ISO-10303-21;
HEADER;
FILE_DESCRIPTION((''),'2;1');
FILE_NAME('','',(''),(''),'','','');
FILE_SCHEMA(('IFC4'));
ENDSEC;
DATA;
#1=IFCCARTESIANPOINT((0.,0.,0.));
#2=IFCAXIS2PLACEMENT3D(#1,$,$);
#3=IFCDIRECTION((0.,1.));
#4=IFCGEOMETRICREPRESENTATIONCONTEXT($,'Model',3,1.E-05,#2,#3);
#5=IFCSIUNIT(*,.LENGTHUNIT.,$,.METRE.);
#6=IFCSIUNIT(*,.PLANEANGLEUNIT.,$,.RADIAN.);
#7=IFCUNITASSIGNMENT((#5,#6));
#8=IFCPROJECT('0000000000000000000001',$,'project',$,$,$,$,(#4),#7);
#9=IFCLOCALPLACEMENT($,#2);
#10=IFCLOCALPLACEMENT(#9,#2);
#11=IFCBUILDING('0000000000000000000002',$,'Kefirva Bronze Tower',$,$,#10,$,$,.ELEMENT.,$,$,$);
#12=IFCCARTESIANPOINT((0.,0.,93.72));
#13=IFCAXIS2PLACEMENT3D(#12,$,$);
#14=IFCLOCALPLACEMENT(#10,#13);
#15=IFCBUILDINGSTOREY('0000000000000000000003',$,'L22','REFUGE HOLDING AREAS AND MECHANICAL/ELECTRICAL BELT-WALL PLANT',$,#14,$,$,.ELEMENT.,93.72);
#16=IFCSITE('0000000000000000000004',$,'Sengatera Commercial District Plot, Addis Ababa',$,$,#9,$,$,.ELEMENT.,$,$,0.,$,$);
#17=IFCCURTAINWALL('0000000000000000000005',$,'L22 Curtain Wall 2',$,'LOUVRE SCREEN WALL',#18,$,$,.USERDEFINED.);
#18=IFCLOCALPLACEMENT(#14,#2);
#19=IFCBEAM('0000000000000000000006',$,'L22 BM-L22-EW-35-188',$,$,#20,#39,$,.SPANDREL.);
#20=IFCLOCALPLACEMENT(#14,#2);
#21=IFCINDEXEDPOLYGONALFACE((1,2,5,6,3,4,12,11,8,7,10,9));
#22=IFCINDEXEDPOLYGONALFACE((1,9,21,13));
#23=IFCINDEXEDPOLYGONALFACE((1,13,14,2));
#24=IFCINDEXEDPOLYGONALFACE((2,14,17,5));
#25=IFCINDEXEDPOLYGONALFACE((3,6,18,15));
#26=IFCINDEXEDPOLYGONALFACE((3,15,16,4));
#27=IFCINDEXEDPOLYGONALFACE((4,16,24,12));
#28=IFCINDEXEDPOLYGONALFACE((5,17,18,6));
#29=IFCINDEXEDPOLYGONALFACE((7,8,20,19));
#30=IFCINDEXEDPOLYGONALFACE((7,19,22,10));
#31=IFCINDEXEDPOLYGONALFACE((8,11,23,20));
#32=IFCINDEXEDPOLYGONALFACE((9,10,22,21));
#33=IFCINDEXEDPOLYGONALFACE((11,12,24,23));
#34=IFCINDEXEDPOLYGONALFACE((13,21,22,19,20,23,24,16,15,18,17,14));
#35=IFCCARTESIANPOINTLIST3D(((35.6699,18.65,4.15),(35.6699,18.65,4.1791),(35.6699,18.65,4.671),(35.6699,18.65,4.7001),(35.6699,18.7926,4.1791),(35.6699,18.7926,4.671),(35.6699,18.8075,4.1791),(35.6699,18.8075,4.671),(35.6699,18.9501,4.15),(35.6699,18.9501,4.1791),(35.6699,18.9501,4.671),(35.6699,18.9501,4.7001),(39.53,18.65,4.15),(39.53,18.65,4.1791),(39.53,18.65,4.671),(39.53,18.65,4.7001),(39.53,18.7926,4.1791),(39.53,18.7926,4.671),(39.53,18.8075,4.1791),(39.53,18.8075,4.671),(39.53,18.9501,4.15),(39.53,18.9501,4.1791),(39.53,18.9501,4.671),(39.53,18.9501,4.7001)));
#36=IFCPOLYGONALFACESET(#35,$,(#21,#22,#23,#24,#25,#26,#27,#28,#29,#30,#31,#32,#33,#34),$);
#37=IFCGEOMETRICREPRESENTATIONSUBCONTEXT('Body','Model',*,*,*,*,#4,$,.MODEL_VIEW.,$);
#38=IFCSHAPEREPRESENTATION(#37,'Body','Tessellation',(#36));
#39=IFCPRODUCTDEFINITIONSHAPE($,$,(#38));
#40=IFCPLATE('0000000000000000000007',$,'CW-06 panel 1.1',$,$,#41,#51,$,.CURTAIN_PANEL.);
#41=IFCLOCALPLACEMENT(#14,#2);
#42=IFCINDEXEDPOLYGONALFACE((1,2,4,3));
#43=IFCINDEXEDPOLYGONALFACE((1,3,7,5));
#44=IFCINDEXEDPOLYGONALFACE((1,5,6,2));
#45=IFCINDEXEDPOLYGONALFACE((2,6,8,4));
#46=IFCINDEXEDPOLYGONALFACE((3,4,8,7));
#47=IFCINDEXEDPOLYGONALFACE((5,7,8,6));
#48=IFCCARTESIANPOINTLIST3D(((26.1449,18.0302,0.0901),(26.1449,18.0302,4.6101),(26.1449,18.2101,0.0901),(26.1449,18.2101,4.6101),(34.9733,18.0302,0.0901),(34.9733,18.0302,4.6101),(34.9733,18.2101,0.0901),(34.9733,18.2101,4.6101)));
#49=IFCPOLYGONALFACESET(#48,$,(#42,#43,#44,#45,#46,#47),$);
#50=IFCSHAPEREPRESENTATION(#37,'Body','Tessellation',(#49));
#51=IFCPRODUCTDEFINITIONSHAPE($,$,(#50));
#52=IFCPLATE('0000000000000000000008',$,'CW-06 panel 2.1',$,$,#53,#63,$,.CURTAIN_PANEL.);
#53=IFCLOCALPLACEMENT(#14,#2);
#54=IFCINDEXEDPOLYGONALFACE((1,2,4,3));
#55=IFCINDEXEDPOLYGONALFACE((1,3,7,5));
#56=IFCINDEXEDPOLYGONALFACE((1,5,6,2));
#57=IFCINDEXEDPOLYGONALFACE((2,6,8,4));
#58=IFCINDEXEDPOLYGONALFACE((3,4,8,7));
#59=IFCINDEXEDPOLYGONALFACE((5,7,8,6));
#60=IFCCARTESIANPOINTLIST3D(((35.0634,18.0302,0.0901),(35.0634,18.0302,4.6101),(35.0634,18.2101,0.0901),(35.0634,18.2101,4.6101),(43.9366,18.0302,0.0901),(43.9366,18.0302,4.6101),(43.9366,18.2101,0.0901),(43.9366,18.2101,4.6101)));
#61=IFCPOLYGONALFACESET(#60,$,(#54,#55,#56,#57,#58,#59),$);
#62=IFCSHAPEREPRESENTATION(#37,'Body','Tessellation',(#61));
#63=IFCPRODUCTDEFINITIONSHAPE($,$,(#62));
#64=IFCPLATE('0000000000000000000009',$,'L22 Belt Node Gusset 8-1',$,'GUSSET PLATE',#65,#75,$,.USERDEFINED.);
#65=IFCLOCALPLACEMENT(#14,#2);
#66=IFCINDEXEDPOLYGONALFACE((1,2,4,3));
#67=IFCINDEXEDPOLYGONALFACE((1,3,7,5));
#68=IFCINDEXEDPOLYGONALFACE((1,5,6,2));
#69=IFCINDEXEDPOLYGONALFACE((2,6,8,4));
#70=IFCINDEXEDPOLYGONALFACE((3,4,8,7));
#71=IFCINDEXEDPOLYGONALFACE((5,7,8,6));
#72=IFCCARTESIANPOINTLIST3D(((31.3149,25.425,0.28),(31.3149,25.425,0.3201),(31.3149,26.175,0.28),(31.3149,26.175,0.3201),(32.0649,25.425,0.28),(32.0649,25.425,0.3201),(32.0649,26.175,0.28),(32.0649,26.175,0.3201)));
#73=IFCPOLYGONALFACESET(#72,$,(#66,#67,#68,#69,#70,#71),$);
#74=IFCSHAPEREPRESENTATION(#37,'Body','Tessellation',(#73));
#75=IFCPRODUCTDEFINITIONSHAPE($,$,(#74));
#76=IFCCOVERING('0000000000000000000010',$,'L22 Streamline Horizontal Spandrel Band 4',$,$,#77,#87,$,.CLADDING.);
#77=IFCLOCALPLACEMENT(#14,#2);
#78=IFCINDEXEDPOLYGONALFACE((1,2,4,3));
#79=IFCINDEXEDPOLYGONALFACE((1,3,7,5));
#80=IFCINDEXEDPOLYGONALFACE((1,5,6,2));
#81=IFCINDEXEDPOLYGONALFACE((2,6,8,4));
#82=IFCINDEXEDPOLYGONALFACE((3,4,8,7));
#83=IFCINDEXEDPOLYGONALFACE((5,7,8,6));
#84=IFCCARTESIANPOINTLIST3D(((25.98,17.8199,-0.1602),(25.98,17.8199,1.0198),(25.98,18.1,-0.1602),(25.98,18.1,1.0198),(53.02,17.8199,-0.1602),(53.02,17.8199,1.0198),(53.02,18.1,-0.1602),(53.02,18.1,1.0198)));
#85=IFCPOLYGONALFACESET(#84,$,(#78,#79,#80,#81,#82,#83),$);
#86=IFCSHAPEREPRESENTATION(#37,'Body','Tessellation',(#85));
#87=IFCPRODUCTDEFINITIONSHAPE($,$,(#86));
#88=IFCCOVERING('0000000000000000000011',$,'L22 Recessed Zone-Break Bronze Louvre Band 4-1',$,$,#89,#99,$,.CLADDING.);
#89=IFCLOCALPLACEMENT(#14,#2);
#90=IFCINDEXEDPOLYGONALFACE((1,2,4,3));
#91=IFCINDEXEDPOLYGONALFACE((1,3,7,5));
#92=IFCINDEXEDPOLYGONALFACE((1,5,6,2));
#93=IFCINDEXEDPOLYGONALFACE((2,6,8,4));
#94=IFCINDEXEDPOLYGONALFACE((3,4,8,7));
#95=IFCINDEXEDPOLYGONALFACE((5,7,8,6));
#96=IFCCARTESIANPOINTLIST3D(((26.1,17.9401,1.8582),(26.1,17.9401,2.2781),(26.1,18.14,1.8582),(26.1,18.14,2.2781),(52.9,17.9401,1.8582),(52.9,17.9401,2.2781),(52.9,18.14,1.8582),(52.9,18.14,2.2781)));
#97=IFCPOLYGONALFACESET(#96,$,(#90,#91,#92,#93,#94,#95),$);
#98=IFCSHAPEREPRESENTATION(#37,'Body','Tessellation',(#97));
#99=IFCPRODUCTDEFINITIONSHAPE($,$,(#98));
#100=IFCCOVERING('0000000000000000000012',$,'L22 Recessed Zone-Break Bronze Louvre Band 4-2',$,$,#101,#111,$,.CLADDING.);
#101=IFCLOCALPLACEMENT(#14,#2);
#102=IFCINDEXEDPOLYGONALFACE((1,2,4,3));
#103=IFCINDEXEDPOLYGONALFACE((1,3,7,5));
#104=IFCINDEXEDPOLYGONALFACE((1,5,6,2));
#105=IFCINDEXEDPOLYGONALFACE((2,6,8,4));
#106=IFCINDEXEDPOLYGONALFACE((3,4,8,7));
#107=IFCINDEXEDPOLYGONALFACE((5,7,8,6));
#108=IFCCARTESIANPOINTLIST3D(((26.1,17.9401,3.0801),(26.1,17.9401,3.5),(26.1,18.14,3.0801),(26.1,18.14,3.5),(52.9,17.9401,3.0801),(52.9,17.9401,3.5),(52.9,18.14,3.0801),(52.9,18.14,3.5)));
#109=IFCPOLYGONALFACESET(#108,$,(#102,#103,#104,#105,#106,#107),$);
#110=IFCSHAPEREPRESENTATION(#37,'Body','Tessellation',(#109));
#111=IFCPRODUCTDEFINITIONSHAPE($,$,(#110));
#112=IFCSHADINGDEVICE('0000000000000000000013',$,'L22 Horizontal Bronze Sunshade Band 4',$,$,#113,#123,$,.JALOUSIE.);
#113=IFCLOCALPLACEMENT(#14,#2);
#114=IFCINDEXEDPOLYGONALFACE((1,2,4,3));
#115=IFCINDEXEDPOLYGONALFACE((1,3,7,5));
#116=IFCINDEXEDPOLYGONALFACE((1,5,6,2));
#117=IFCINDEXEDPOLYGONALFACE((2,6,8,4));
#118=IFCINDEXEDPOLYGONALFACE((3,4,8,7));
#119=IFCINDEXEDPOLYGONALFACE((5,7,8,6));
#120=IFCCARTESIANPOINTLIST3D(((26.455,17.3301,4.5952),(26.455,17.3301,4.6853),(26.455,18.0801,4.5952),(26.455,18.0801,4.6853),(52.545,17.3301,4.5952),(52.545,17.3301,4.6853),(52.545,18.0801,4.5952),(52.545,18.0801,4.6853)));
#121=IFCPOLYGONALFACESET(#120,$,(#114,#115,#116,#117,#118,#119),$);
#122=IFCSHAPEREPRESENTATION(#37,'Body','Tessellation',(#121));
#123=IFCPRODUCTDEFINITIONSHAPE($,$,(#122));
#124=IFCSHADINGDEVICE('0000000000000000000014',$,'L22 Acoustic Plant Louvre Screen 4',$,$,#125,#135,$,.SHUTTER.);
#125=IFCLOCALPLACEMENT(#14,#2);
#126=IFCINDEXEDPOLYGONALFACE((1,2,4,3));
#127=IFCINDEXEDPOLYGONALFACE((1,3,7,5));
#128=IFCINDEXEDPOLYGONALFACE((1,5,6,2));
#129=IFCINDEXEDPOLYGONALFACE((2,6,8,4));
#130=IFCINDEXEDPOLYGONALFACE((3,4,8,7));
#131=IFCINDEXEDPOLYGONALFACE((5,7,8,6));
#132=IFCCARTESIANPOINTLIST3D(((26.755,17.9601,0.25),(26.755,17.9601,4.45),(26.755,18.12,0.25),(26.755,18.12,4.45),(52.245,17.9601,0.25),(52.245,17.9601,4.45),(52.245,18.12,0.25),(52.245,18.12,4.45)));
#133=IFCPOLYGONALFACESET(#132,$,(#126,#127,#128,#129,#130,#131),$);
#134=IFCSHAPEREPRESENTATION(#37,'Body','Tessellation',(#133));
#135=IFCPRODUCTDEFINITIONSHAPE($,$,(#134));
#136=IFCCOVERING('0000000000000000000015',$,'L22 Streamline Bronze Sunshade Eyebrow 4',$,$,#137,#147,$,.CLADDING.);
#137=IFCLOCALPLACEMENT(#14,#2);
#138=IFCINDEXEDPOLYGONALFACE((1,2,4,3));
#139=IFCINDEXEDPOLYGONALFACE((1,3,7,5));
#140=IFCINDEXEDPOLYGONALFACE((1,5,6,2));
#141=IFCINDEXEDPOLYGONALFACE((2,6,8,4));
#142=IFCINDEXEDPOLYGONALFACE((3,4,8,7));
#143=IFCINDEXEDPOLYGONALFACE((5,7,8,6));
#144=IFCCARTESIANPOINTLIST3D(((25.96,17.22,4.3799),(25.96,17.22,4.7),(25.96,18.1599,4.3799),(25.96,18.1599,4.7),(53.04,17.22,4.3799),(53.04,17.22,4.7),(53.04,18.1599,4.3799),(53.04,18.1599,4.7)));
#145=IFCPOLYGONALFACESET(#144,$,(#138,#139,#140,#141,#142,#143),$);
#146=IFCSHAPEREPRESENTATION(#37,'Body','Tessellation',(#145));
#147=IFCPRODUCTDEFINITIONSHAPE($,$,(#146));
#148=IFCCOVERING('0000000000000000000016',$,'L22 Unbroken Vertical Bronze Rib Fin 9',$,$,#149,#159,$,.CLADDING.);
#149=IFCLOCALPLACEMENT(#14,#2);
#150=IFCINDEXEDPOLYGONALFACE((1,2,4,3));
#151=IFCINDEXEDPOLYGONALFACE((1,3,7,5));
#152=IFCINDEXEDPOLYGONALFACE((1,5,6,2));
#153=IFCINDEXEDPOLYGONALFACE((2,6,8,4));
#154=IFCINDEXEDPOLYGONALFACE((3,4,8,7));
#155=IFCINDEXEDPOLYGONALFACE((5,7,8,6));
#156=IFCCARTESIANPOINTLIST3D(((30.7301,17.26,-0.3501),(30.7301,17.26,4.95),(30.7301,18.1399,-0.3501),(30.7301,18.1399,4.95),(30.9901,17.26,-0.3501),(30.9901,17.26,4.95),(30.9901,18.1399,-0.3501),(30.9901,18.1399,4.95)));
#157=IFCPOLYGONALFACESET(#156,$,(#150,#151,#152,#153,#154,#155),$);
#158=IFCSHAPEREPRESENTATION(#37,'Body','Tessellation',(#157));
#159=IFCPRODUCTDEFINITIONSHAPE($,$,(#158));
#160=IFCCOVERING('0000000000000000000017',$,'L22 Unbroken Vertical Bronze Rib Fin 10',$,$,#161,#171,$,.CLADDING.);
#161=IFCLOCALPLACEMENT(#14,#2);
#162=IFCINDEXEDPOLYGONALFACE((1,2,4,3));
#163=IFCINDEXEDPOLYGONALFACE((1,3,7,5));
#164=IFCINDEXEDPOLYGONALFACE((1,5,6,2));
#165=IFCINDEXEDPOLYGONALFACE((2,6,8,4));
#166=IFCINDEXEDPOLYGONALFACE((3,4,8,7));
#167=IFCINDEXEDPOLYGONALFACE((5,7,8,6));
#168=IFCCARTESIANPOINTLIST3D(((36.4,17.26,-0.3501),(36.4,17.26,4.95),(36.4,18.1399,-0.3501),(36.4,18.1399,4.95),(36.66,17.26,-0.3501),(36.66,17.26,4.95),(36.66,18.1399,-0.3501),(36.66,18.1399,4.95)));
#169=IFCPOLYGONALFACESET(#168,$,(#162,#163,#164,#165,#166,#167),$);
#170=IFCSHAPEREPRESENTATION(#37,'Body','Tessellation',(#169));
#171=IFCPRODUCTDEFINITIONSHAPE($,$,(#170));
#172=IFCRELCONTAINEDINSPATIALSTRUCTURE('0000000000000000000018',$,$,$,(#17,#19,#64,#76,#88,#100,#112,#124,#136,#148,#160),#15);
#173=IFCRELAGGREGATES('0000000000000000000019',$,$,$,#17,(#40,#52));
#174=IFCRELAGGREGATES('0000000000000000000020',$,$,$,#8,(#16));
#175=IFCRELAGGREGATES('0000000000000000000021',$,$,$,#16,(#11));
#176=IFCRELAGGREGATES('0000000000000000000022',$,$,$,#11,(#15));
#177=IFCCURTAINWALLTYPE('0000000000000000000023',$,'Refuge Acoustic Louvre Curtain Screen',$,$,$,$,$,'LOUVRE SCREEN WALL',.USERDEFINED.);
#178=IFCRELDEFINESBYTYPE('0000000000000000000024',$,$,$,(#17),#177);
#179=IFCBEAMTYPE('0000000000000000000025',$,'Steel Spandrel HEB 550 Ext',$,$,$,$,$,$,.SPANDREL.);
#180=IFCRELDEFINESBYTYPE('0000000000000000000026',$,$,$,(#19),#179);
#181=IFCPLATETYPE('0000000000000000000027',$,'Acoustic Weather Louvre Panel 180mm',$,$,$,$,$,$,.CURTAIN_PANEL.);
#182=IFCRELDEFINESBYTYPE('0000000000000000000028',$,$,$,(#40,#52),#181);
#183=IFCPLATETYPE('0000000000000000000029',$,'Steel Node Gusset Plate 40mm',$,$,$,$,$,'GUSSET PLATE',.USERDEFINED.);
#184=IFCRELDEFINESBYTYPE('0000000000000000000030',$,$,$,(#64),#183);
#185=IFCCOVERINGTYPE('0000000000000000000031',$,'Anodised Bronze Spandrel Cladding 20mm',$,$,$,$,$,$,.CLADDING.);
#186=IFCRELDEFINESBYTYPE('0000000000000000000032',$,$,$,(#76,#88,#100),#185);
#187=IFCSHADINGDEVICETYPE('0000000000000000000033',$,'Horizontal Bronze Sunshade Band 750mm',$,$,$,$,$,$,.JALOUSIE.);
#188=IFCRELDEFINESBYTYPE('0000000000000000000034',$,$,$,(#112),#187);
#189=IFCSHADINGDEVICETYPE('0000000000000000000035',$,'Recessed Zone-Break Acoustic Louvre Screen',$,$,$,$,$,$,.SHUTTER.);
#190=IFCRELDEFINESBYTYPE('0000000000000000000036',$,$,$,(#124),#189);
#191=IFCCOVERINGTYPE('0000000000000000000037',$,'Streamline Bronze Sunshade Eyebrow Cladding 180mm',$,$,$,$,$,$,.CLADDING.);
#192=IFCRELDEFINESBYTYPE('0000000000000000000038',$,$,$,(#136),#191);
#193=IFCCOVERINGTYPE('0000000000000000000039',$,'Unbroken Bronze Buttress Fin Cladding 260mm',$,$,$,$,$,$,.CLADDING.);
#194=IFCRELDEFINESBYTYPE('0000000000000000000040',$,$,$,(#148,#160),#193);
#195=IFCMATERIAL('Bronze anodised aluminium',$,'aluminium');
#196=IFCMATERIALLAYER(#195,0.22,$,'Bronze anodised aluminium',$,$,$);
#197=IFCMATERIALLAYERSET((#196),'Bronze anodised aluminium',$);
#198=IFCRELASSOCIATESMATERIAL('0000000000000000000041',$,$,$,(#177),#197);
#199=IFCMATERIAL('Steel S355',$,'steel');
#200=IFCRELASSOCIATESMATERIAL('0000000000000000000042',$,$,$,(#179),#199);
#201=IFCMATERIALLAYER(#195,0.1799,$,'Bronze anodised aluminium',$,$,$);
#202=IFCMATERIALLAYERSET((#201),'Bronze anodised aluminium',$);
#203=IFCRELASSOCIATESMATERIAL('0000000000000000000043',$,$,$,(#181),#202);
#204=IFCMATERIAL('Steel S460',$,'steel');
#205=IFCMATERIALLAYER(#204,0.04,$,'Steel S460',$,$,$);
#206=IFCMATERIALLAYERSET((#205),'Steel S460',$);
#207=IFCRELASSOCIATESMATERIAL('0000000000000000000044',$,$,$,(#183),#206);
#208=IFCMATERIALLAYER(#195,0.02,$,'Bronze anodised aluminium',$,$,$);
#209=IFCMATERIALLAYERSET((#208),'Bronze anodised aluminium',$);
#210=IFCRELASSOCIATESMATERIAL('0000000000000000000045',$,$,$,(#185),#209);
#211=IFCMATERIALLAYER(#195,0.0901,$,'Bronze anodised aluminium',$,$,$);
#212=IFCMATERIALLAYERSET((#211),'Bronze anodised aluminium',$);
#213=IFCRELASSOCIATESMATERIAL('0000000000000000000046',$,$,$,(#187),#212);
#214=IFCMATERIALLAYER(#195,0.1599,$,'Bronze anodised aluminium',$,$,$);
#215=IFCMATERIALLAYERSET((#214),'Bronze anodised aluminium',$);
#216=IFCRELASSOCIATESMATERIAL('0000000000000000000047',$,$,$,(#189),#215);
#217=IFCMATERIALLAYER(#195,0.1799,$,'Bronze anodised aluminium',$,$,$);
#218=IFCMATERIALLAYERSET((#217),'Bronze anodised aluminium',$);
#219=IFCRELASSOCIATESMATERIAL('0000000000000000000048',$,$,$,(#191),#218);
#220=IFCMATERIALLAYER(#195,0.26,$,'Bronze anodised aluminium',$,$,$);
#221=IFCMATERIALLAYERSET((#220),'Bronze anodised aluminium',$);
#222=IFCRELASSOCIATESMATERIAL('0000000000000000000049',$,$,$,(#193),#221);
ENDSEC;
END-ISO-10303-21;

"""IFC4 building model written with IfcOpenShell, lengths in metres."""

from ifc_helpers import new_model, si_unit, direction, frame, origin, origin_2d, place, context, subcontext, project, spatial, rectangle, i_section, extrude, material, layer, layer_set, material_profile, profile_set, type_object, element, aggregate, save


model = new_model("IFC4")

# Units and contexts
model_context = context("Model", 3, precision=1e-05, world=origin(), true_north=direction((0.0, 1.0)))
body_context = subcontext(model_context, "Body", "Model", "MODEL_VIEW")
ifc_project = project(units=[si_unit("LENGTHUNIT", "METRE"), si_unit("PLANEANGLEUNIT", "RADIAN")], contexts=[model_context])

# Site, building, storey
site_placement = place(None, origin())
site = spatial("IfcSite", under=ifc_project, at=site_placement, Name="Sengatera Commercial District Plot, Addis Ababa", CompositionType="ELEMENT", RefElevation=0.0)
building_placement = place(site_placement, origin())
building = spatial("IfcBuilding", under=site, at=building_placement, Name="Kefirva Bronze Tower", CompositionType="ELEMENT")
storey_placement = place(building_placement, frame((0.0, 0.0, 93.72)))
storey = spatial("IfcBuildingStorey", under=building, at=storey_placement, Name="L22", Description="REFUGE HOLDING AREAS AND MECHANICAL/ELECTRICAL BELT-WALL PLANT", CompositionType="ELEMENT", Elevation=93.72)

# Curtain wall
ifc_material_1 = material(Name="Bronze anodised aluminium", Category="aluminium")
ifc_layer_1 = layer(ifc_material_1, 0.22, Name="Bronze anodised aluminium")
ifc_layer_set_1 = layer_set([ifc_layer_1], Name="Bronze anodised aluminium")
curtain_wall_type = type_object("IfcCurtainWallType", Name="Refuge Acoustic Louvre Curtain Screen", ElementType="LOUVRE SCREEN WALL", PredefinedType="USERDEFINED", material=ifc_layer_set_1)
curtain_wall_placement = place(storey_placement, origin())
curtain_wall = element("IfcCurtainWall", 1, at=curtain_wall_placement, inside=storey, type_object=curtain_wall_type, Name="L22 Curtain Wall 2", ObjectType="LOUVRE SCREEN WALL", PredefinedType="USERDEFINED")

# Shared definitions
ifc_material_2 = material(Name="Steel S460", Category="steel")

# Beam
ifc_material_3 = material(Name="Steel S355", Category="steel")
ifc_material_profile_1 = material_profile(ifc_material_3, i_section(OverallWidth=0.3, OverallDepth=0.55, WebThickness=0.0149, FlangeThickness=0.0291, at=origin_2d()), Name="HEB 550")
ifc_profile_set_1 = profile_set([ifc_material_profile_1], Name="Steel S355")
beam_type_1 = type_object("IfcBeamType", Name="Steel Spandrel HEB 550 Ext", PredefinedType="SPANDREL", material=ifc_profile_set_1)
beam_1_placement = place(storey_placement, frame((35.6699, 18.8, 4.425), z_axis=(1.0, 0.0, 0.0), x_axis=(0.0, 1.0, 0.0)))
element("IfcBeam", 2, at=beam_1_placement, inside=storey, type_object=beam_type_1, Name="L22 BM-L22-EW-35-188", PredefinedType="SPANDREL", context=body_context, shape_type="SweptSolid", body=[
    extrude(i_section(OverallWidth=0.3, OverallDepth=0.55, WebThickness=0.0149, FlangeThickness=0.0291, at=origin_2d()), origin(), (0.0, 0.0, 1.0), 3.8601),
])

# Plates
ifc_layer_2 = layer(ifc_material_1, 0.1799, Name="Bronze anodised aluminium")
ifc_layer_set_2 = layer_set([ifc_layer_2], Name="Bronze anodised aluminium")
plate_type_1 = type_object("IfcPlateType", Name="Acoustic Weather Louvre Panel 180mm", PredefinedType="CURTAIN_PANEL", material=ifc_layer_set_2)
plate_1_placement = place(storey_placement, frame((30.5591, 18.1201, 0.0901), z_axis=(0.0, 0.0, 1.0), x_axis=(1.0, 0.0, 0.0)))
plate_1 = element("IfcPlate", 3, at=plate_1_placement, type_object=plate_type_1, Name="CW-06 panel 1.1", PredefinedType="CURTAIN_PANEL", context=body_context, shape_type="SweptSolid", body=[
    extrude(rectangle(XDim=8.8284, YDim=0.1799, at=origin_2d()), origin(), (0.0, 0.0, 1.0), 4.52),
])
plate_2_placement = place(storey_placement, frame((39.5, 18.1201, 0.0901), z_axis=(0.0, 0.0, 1.0), x_axis=(1.0, 0.0, 0.0)))
plate_2 = element("IfcPlate", 4, at=plate_2_placement, type_object=plate_type_1, Name="CW-06 panel 2.1", PredefinedType="CURTAIN_PANEL", context=body_context, shape_type="SweptSolid", body=[
    extrude(rectangle(XDim=8.8733, YDim=0.1799, at=origin_2d()), origin(), (0.0, 0.0, 1.0), 4.52),
])
aggregate(curtain_wall, [plate_1, plate_2])
ifc_layer_3 = layer(ifc_material_2, 0.04, Name="Steel S460")
ifc_layer_set_3 = layer_set([ifc_layer_3], Name="Steel S460")
plate_type_2 = type_object("IfcPlateType", Name="Steel Node Gusset Plate 40mm", ElementType="GUSSET PLATE", PredefinedType="USERDEFINED", material=ifc_layer_set_3)
plate_3_placement = place(storey_placement, frame((31.6899, 25.8, 0.28), z_axis=(0.0, 0.0, 1.0), x_axis=(1.0, 0.0, 0.0)))
element("IfcPlate", 5, at=plate_3_placement, inside=storey, type_object=plate_type_2, Name="L22 Belt Node Gusset 8-1", ObjectType="GUSSET PLATE", PredefinedType="USERDEFINED", context=body_context, shape_type="SweptSolid", body=[
    extrude(rectangle(XDim=0.75, YDim=0.75, at=origin_2d()), origin(), (0.0, 0.0, 1.0), 0.04),
])

# Coverings
ifc_layer_4 = layer(ifc_material_1, 0.02, Name="Bronze anodised aluminium")
ifc_layer_set_4 = layer_set([ifc_layer_4], Name="Bronze anodised aluminium")
covering_type_1 = type_object("IfcCoveringType", Name="Anodised Bronze Spandrel Cladding 20mm", PredefinedType="CLADDING", material=ifc_layer_set_4)
covering_1_placement = place(storey_placement, frame((39.5, 17.96, -0.1602), z_axis=(0.0, 0.0, 1.0), x_axis=(1.0, 0.0, 0.0)))
element("IfcCovering", 6, at=covering_1_placement, inside=storey, type_object=covering_type_1, Name="L22 Streamline Horizontal Spandrel Band 4", PredefinedType="CLADDING", context=body_context, shape_type="SweptSolid", body=[
    extrude(rectangle(XDim=27.04, YDim=0.28, at=origin_2d()), origin(), (0.0, 0.0, 1.0), 1.1799),
])
for number, where, z_axis, x_axis, name in (
    (7, (39.5, 18.04, 1.8582), (0.0, 0.0, 1.0), (1.0, 0.0, 0.0), "L22 Recessed Zone-Break Bronze Louvre Band 4-1"),
    (8, (39.5, 18.04, 3.0801), (0.0, 0.0, 1.0), (1.0, 0.0, 0.0), "L22 Recessed Zone-Break Bronze Louvre Band 4-2"),
):
    element("IfcCovering", number, at=place(storey_placement, frame(where, z_axis=z_axis, x_axis=x_axis)), inside=storey, type_object=covering_type_1, Name=name, PredefinedType="CLADDING", context=body_context, shape_type="SweptSolid", body=[
        extrude(rectangle(XDim=26.8, YDim=0.2, at=origin_2d()), origin(), (0.0, 0.0, 1.0), 0.4199),
    ])

# Shading devices
ifc_layer_5 = layer(ifc_material_1, 0.0901, Name="Bronze anodised aluminium")
ifc_layer_set_5 = layer_set([ifc_layer_5], Name="Bronze anodised aluminium")
shading_device_type_1 = type_object("IfcShadingDeviceType", Name="Horizontal Bronze Sunshade Band 750mm", PredefinedType="JALOUSIE", material=ifc_layer_set_5)
shading_device_1_placement = place(storey_placement, frame((39.5, 17.7051, 4.5952), z_axis=(0.0, 0.0, 1.0), x_axis=(1.0, 0.0, 0.0)))
element("IfcShadingDevice", 9, at=shading_device_1_placement, inside=storey, type_object=shading_device_type_1, Name="L22 Horizontal Bronze Sunshade Band 4", PredefinedType="JALOUSIE", context=body_context, shape_type="SweptSolid", body=[
    extrude(rectangle(XDim=26.0901, YDim=0.75, at=origin_2d()), origin(), (0.0, 0.0, 1.0), 0.0901),
])
ifc_layer_6 = layer(ifc_material_1, 0.1599, Name="Bronze anodised aluminium")
ifc_layer_set_6 = layer_set([ifc_layer_6], Name="Bronze anodised aluminium")
shading_device_type_2 = type_object("IfcShadingDeviceType", Name="Recessed Zone-Break Acoustic Louvre Screen", PredefinedType="SHUTTER", material=ifc_layer_set_6)
shading_device_2_placement = place(storey_placement, frame((39.5, 18.04, 0.25), z_axis=(0.0, 0.0, 1.0), x_axis=(1.0, 0.0, 0.0)))
element("IfcShadingDevice", 10, at=shading_device_2_placement, inside=storey, type_object=shading_device_type_2, Name="L22 Acoustic Plant Louvre Screen 4", PredefinedType="SHUTTER", context=body_context, shape_type="SweptSolid", body=[
    extrude(rectangle(XDim=25.49, YDim=0.1599, at=origin_2d()), origin(), (0.0, 0.0, 1.0), 4.2),
])

# Coverings
ifc_layer_7 = layer(ifc_material_1, 0.1799, Name="Bronze anodised aluminium")
ifc_layer_set_7 = layer_set([ifc_layer_7], Name="Bronze anodised aluminium")
covering_type_2 = type_object("IfcCoveringType", Name="Streamline Bronze Sunshade Eyebrow Cladding 180mm", PredefinedType="CLADDING", material=ifc_layer_set_7)
covering_2_placement = place(storey_placement, frame((39.5, 17.6899, 4.3799), z_axis=(0.0, 0.0, 1.0), x_axis=(1.0, 0.0, 0.0)))
element("IfcCovering", 11, at=covering_2_placement, inside=storey, type_object=covering_type_2, Name="L22 Streamline Bronze Sunshade Eyebrow 4", PredefinedType="CLADDING", context=body_context, shape_type="SweptSolid", body=[
    extrude(rectangle(XDim=27.0801, YDim=0.9399, at=origin_2d()), origin(), (0.0, 0.0, 1.0), 0.3201),
])
ifc_layer_8 = layer(ifc_material_1, 0.26, Name="Bronze anodised aluminium")
ifc_layer_set_8 = layer_set([ifc_layer_8], Name="Bronze anodised aluminium")
covering_type_3 = type_object("IfcCoveringType", Name="Unbroken Bronze Buttress Fin Cladding 260mm", PredefinedType="CLADDING", material=ifc_layer_set_8)
for number, where, z_axis, x_axis, name in (
    (12, (30.8601, 17.7, -0.3501), (0.0, 0.0, 1.0), (1.0, 0.0, 0.0), "L22 Unbroken Vertical Bronze Rib Fin 9"),
    (13, (36.53, 17.7, -0.3501), (0.0, 0.0, 1.0), (1.0, 0.0, 0.0), "L22 Unbroken Vertical Bronze Rib Fin 10"),
):
    element("IfcCovering", number, at=place(storey_placement, frame(where, z_axis=z_axis, x_axis=x_axis)), inside=storey, type_object=covering_type_3, Name=name, PredefinedType="CLADDING", context=body_context, shape_type="SweptSolid", body=[
        extrude(rectangle(XDim=0.26, YDim=0.8799, at=origin_2d()), origin(), (0.0, 0.0, 1.0), 5.3),
    ])

save(model, "model.ifc")
